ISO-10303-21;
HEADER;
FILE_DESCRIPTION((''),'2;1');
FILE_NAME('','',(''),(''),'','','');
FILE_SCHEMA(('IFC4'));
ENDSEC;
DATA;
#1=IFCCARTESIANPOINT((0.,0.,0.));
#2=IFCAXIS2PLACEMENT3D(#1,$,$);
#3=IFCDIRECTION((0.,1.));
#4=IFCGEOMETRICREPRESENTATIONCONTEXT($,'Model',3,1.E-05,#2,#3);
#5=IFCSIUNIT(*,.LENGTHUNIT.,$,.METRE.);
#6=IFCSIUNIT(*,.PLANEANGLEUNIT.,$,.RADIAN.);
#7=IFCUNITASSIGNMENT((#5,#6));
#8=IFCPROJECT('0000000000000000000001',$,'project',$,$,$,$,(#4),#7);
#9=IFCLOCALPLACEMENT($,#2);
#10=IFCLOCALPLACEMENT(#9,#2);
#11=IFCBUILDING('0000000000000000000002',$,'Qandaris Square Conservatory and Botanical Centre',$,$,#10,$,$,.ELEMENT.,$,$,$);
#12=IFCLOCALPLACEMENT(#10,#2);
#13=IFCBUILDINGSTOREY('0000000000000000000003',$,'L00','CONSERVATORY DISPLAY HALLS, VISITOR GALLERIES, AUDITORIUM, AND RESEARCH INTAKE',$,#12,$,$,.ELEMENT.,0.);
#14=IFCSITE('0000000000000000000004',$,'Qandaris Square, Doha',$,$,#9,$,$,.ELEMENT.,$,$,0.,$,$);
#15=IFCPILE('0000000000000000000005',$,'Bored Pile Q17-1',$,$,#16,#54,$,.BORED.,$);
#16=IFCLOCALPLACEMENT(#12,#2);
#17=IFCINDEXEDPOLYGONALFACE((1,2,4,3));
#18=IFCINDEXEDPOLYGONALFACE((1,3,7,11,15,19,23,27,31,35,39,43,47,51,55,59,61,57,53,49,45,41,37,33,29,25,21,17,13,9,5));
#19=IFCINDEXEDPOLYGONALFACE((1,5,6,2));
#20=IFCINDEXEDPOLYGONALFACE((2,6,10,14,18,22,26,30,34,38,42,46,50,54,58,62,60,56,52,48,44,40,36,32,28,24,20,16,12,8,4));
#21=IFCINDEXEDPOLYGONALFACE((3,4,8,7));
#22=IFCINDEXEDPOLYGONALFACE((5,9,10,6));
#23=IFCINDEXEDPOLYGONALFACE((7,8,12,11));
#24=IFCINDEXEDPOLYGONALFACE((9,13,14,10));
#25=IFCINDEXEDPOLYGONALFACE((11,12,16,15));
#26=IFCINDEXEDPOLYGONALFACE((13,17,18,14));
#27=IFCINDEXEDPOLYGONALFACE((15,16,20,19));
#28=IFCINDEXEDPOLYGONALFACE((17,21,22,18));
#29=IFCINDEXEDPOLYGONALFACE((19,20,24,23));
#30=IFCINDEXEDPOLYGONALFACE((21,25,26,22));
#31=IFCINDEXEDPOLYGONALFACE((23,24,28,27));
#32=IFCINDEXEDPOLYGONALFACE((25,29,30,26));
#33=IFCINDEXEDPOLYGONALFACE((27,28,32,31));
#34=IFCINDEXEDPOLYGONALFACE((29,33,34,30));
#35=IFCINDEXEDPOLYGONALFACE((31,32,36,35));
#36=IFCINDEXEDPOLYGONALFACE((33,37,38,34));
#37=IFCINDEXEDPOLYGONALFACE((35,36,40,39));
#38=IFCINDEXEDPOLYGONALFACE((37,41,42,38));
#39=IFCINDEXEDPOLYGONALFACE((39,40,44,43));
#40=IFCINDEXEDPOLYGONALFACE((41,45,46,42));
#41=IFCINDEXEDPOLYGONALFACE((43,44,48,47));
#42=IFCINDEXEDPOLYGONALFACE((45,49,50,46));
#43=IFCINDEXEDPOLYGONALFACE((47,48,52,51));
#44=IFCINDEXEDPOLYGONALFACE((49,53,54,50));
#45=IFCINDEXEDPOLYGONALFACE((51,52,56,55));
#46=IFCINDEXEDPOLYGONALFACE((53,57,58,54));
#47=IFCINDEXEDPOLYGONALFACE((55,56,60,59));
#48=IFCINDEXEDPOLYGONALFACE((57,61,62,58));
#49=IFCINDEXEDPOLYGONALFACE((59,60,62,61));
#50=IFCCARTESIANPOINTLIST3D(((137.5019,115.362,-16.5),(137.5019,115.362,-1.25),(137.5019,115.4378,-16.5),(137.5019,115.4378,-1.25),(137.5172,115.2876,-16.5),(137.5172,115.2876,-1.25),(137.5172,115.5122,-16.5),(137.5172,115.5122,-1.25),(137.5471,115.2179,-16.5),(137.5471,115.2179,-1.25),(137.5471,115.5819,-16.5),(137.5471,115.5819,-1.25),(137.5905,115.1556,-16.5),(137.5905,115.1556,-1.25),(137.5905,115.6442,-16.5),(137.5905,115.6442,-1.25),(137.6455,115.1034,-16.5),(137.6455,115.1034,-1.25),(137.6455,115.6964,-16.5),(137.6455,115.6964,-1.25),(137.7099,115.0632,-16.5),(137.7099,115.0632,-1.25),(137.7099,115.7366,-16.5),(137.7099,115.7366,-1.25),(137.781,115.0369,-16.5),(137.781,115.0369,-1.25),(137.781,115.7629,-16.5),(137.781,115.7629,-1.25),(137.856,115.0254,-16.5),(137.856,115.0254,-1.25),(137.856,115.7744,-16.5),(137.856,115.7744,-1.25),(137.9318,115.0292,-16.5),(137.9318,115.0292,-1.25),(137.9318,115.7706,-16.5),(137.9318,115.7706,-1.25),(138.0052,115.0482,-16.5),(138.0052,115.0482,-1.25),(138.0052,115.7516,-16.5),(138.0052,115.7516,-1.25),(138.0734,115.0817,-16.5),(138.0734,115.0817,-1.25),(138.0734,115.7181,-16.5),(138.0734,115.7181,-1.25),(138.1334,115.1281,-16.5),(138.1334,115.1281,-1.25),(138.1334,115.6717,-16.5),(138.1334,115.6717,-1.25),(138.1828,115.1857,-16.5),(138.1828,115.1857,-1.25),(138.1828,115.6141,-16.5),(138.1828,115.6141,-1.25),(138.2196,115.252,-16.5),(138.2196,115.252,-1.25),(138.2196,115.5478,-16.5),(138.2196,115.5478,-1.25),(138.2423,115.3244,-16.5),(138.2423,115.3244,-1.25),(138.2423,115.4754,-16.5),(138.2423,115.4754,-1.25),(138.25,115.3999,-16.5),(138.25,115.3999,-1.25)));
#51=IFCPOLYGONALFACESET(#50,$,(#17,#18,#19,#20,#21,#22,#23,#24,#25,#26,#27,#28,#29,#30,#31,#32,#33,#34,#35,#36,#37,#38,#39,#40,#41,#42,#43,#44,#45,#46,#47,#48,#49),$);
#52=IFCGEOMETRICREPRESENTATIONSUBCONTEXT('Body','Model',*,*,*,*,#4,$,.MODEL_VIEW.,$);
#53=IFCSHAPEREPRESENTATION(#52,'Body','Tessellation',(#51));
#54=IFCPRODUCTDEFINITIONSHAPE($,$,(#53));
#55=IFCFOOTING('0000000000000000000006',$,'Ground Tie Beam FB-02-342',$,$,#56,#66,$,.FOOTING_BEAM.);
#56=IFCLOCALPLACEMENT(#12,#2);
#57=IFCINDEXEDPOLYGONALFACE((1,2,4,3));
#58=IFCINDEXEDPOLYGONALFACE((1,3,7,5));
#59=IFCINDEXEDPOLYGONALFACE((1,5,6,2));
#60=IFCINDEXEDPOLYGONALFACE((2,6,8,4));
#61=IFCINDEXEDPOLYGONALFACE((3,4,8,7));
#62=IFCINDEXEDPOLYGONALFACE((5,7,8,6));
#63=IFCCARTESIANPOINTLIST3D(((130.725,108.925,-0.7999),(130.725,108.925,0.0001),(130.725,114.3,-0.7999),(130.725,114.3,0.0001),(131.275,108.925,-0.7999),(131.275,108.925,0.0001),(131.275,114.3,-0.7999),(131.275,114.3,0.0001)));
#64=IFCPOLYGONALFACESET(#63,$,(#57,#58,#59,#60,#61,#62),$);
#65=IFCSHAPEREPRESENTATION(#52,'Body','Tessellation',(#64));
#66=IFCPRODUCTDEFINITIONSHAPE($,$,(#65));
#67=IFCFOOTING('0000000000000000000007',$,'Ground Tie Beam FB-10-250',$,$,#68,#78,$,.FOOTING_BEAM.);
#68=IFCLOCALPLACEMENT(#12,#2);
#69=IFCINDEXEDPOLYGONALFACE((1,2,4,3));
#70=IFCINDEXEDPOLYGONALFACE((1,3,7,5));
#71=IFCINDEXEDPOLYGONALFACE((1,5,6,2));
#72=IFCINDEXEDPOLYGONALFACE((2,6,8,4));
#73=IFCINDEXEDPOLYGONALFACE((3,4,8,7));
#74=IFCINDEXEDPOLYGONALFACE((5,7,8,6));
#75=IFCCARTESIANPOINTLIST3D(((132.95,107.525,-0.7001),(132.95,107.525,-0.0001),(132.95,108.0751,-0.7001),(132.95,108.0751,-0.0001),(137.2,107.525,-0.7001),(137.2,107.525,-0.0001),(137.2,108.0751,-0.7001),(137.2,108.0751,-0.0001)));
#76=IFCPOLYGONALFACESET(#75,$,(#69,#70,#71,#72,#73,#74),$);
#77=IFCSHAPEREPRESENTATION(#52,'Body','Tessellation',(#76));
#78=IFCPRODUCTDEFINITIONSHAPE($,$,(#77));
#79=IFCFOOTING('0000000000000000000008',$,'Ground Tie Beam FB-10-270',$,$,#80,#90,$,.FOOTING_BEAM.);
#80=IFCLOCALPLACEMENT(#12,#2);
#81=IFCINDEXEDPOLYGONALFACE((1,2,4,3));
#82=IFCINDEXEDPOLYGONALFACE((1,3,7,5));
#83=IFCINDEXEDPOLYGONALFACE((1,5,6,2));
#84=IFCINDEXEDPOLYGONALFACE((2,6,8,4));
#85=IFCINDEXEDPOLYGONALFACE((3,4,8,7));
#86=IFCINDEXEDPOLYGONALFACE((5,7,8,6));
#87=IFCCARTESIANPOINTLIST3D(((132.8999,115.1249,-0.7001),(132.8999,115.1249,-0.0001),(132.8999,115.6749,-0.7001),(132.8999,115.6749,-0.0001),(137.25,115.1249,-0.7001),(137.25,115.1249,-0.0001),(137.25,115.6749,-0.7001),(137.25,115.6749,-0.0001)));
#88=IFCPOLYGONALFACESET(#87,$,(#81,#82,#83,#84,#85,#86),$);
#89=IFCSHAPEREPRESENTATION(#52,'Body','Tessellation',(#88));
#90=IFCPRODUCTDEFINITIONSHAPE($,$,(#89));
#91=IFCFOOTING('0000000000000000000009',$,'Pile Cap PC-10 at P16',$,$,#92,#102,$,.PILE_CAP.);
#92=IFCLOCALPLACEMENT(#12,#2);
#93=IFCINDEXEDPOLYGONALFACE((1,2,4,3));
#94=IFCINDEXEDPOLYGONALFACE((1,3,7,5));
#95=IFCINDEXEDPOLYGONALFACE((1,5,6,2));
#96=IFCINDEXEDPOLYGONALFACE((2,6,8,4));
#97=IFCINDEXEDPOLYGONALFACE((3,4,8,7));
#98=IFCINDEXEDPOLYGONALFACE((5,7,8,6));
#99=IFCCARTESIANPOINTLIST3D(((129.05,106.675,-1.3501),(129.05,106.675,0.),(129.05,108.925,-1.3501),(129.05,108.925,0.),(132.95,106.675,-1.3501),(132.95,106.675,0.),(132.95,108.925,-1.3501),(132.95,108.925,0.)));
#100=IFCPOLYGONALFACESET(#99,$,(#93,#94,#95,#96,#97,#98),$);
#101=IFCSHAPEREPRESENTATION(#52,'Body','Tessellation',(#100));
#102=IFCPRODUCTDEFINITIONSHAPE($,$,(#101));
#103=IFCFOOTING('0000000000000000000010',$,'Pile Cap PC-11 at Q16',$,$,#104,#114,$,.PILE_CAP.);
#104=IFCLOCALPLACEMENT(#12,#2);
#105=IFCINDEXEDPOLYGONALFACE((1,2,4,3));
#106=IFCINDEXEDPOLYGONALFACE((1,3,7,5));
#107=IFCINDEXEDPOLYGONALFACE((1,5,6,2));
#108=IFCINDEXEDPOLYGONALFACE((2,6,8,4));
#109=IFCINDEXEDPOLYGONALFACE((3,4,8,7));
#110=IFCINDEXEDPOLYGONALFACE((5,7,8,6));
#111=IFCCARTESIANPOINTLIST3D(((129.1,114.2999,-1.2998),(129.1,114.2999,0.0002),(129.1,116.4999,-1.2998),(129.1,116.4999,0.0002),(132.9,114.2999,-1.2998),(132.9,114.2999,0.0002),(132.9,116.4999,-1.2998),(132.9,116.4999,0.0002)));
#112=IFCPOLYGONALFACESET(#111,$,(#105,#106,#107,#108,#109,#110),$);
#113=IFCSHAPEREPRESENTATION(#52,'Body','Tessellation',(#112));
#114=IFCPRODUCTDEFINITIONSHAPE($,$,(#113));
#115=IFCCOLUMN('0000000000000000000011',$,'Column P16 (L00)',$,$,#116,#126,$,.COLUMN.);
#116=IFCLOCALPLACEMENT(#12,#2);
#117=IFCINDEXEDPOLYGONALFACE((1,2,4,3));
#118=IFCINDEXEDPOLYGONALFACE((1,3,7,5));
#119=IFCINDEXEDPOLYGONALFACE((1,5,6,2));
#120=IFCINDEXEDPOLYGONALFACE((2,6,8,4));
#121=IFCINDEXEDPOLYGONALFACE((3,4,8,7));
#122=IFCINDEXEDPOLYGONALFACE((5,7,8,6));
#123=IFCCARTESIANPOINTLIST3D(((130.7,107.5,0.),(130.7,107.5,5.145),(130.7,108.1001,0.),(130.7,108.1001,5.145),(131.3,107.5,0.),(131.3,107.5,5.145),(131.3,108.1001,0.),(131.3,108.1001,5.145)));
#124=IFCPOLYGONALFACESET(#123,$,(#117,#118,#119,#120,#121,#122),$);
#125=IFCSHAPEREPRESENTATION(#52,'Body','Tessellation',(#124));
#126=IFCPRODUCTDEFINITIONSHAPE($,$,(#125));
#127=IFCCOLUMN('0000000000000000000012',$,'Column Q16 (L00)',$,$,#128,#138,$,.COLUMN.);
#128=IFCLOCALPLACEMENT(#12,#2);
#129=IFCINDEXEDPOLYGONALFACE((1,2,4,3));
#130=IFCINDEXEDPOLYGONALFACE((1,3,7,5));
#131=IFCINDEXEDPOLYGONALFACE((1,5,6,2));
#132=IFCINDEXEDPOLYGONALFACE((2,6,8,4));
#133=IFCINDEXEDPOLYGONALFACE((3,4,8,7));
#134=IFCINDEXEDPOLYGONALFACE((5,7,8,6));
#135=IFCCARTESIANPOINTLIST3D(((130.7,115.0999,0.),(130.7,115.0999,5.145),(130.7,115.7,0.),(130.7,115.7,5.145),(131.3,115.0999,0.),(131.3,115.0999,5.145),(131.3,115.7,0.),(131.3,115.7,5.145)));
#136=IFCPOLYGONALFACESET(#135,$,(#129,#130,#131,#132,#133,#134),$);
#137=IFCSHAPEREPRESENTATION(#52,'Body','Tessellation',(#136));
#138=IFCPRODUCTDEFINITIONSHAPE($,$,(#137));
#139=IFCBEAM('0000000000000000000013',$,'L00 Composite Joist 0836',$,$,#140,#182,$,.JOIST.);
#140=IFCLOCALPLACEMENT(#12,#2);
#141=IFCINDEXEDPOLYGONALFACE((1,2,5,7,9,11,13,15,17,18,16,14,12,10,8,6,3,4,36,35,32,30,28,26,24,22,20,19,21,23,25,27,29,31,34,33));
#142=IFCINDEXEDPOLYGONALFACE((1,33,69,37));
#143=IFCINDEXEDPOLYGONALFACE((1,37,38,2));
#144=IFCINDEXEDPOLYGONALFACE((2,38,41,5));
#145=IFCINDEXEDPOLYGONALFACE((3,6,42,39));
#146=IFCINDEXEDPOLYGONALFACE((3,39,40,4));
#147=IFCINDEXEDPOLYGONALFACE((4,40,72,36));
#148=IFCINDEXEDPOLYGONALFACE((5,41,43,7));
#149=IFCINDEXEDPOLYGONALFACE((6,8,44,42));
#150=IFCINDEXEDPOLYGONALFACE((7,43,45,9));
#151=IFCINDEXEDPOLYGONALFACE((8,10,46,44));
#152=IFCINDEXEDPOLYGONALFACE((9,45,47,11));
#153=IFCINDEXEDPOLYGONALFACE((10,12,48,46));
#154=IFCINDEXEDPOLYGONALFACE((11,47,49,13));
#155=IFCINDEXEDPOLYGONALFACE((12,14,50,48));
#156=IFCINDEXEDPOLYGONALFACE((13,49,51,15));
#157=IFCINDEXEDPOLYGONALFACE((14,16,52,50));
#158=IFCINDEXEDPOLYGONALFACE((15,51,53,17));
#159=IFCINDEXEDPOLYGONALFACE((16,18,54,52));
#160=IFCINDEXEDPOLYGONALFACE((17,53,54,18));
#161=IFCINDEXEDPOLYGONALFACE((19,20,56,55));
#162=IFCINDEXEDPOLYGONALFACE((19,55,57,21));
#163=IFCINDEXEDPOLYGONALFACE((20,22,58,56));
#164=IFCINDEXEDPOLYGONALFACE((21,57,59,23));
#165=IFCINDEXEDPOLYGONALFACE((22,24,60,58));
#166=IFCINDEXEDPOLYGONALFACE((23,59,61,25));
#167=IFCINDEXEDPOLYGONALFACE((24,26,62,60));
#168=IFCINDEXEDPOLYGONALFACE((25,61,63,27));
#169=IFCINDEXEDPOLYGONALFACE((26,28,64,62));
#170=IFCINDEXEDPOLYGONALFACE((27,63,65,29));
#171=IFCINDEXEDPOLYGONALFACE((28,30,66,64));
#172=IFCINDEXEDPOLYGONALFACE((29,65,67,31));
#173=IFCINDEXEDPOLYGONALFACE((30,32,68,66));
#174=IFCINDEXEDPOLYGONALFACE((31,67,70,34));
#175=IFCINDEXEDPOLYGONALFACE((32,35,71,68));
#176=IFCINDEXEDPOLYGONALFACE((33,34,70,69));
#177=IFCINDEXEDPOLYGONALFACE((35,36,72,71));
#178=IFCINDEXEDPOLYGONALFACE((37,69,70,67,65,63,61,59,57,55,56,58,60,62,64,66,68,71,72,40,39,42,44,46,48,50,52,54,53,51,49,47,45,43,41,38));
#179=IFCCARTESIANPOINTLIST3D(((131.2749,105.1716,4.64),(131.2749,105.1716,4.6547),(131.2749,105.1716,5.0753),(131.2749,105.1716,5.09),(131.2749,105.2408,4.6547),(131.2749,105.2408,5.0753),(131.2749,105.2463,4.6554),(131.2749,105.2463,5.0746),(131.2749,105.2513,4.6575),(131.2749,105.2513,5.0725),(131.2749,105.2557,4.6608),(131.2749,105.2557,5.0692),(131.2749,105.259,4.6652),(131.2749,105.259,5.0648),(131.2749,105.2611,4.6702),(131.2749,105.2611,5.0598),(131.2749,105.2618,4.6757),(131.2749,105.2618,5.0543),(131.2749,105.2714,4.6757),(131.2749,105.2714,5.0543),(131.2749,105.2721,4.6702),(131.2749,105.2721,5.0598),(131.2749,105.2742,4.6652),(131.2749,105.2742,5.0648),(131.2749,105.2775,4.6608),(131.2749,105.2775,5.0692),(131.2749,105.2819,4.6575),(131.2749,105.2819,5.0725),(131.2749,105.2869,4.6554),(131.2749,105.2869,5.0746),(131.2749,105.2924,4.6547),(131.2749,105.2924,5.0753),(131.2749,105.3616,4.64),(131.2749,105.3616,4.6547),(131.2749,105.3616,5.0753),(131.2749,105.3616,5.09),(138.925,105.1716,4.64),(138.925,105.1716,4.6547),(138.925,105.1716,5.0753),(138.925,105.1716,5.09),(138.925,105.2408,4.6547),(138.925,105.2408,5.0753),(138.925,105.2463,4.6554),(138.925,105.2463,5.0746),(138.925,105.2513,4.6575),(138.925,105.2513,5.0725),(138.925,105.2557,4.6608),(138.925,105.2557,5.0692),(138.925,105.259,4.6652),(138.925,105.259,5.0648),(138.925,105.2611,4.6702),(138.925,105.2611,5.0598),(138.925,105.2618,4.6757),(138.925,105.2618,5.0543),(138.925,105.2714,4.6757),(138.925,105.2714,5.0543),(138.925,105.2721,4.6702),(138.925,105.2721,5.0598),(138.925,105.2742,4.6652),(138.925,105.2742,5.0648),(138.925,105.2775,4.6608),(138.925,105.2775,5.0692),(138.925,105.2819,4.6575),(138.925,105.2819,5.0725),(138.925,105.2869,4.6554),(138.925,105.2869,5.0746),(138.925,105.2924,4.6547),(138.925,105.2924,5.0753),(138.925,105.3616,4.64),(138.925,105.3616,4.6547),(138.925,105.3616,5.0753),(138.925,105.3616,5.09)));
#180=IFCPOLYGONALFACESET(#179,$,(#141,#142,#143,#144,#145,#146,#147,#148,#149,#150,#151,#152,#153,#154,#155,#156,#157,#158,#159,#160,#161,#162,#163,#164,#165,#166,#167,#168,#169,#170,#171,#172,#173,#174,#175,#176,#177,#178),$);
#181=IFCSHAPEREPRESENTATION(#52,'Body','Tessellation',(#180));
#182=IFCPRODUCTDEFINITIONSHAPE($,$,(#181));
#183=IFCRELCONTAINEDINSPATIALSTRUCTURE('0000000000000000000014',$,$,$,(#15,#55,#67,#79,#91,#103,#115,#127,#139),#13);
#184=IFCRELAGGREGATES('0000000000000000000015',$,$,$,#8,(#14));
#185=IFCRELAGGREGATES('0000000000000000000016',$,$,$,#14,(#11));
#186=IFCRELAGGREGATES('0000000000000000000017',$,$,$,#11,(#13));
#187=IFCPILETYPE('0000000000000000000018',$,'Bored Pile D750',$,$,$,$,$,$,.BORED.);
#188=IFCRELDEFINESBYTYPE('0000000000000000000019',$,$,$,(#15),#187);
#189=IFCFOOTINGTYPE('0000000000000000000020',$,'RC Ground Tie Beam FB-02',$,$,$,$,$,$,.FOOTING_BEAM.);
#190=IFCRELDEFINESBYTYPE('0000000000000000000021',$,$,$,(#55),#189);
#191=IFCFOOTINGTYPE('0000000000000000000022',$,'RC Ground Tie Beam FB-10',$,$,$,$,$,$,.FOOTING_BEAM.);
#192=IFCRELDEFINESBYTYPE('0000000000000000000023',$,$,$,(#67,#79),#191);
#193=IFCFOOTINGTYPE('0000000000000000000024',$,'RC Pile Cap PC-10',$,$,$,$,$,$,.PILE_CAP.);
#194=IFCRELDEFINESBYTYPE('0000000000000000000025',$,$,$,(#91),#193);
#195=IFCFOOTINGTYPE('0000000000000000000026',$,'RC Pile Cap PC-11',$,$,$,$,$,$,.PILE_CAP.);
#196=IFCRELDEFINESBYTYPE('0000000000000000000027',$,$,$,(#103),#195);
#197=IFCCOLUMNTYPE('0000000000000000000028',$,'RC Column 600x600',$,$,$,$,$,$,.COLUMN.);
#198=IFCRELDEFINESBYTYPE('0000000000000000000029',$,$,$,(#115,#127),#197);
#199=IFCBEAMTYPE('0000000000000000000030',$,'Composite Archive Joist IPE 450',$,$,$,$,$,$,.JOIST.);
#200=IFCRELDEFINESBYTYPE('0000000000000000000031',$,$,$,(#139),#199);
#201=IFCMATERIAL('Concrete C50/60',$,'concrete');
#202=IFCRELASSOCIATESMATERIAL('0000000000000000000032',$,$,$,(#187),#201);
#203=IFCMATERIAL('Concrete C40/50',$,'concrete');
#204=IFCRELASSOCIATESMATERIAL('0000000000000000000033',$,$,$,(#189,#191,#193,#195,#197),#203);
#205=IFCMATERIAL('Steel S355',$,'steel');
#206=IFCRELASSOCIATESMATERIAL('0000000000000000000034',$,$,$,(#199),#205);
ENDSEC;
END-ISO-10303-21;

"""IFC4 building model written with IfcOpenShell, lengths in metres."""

from ifc_helpers import new_model, si_unit, direction, frame, origin, origin_2d, place, context, subcontext, project, spatial, rectangle, circle, i_section, extrude, material, material_profile, profile_set, type_object, element, save


model = new_model("IFC4")

# Units and contexts
model_context = context("Model", 3, precision=1e-05, world=origin(), true_north=direction((0.0, 1.0)))
body_context = subcontext(model_context, "Body", "Model", "MODEL_VIEW")
ifc_project = project(units=[si_unit("LENGTHUNIT", "METRE"), si_unit("PLANEANGLEUNIT", "RADIAN")], contexts=[model_context])

# Site, building, storey
site_placement = place(None, origin())
site = spatial("IfcSite", under=ifc_project, at=site_placement, Name="Qandaris Square, Doha", CompositionType="ELEMENT", RefElevation=0.0)
building_placement = place(site_placement, origin())
building = spatial("IfcBuilding", under=site, at=building_placement, Name="Qandaris Square Conservatory and Botanical Centre", CompositionType="ELEMENT")
storey_placement = place(building_placement, origin())
storey = spatial("IfcBuildingStorey", under=building, at=storey_placement, Name="L00", Description="CONSERVATORY DISPLAY HALLS, VISITOR GALLERIES, AUDITORIUM, AND RESEARCH INTAKE", CompositionType="ELEMENT", Elevation=0.0)

# Pile
ifc_material_1 = material(Name="Concrete C50/60", Category="concrete")
ifc_material_profile_1 = material_profile(ifc_material_1, circle(Radius=0.375, at=origin_2d()), Name="PILE D750")
ifc_profile_set_1 = profile_set([ifc_material_profile_1], Name="Concrete C50/60")
pile_type = type_object("IfcPileType", Name="Bored Pile D750", PredefinedType="BORED", material=ifc_profile_set_1)
pile_1_placement = place(storey_placement, frame((137.875, 115.3999, -1.25), z_axis=(0.0, 0.0, -1.0), x_axis=(1.0, 0.0, 0.0)))
element("IfcPile", 1, at=pile_1_placement, inside=storey, type_object=pile_type, Name="Bored Pile Q17-1", PredefinedType="BORED", context=body_context, shape_type="SweptSolid", body=[
    extrude(circle(Radius=0.375, at=origin_2d()), origin(), (0.0, 0.0, 1.0), 15.25),
])

# Footings
ifc_material_2 = material(Name="Concrete C40/50", Category="concrete")
ifc_material_profile_2 = material_profile(ifc_material_2, rectangle(XDim=0.55, YDim=0.8, at=origin_2d()), Name="FB 550x800")
ifc_profile_set_2 = profile_set([ifc_material_profile_2], Name="Concrete C40/50")
footing_type_1 = type_object("IfcFootingType", Name="RC Ground Tie Beam FB-02", PredefinedType="FOOTING_BEAM", material=ifc_profile_set_2)
footing_1_placement = place(storey_placement, frame((131.0, 108.925, -0.3999), z_axis=(0.0, 1.0, 0.0), x_axis=(-1.0, 0.0, 0.0)))
element("IfcFooting", 2, at=footing_1_placement, inside=storey, type_object=footing_type_1, Name="Ground Tie Beam FB-02-342", PredefinedType="FOOTING_BEAM", context=body_context, shape_type="SweptSolid", body=[
    extrude(rectangle(XDim=0.55, YDim=0.8, at=origin_2d()), origin(), (0.0, 0.0, 1.0), 5.375),
])
ifc_material_profile_3 = material_profile(ifc_material_2, rectangle(XDim=0.55, YDim=0.7, at=origin_2d()), Name="FB 550x700")
ifc_profile_set_3 = profile_set([ifc_material_profile_3], Name="Concrete C40/50")
footing_type_2 = type_object("IfcFootingType", Name="RC Ground Tie Beam FB-10", PredefinedType="FOOTING_BEAM", material=ifc_profile_set_3)
footing_2_placement = place(storey_placement, frame((132.95, 107.8, -0.3501), z_axis=(1.0, 0.0, 0.0), x_axis=(0.0, 1.0, 0.0)))
element("IfcFooting", 3, at=footing_2_placement, inside=storey, type_object=footing_type_2, Name="Ground Tie Beam FB-10-250", PredefinedType="FOOTING_BEAM", context=body_context, shape_type="SweptSolid", body=[
    extrude(rectangle(XDim=0.55, YDim=0.7, at=origin_2d()), origin(), (0.0, 0.0, 1.0), 4.25),
])
footing_3_placement = place(storey_placement, frame((132.8999, 115.3999, -0.3501), z_axis=(1.0, 0.0, 0.0), x_axis=(0.0, 1.0, 0.0)))
element("IfcFooting", 4, at=footing_3_placement, inside=storey, type_object=footing_type_2, Name="Ground Tie Beam FB-10-270", PredefinedType="FOOTING_BEAM", context=body_context, shape_type="SweptSolid", body=[
    extrude(rectangle(XDim=0.55, YDim=0.7, at=origin_2d()), origin(), (0.0, 0.0, 1.0), 4.3501),
])
footing_type_3 = type_object("IfcFootingType", Name="RC Pile Cap PC-10", PredefinedType="PILE_CAP", material=ifc_material_2)
footing_4_placement = place(storey_placement, frame((131.0, 107.8, -1.3501), z_axis=(0.0, 0.0, 1.0), x_axis=(1.0, 0.0, 0.0)))
element("IfcFooting", 5, at=footing_4_placement, inside=storey, type_object=footing_type_3, Name="Pile Cap PC-10 at P16", PredefinedType="PILE_CAP", context=body_context, shape_type="SweptSolid", body=[
    extrude(rectangle(XDim=3.8999, YDim=2.25, at=origin_2d()), origin(), (0.0, 0.0, 1.0), 1.3501),
])
footing_type_4 = type_object("IfcFootingType", Name="RC Pile Cap PC-11", PredefinedType="PILE_CAP", material=ifc_material_2)
footing_5_placement = place(storey_placement, frame((131.0, 115.3999, -1.2998), z_axis=(0.0, 0.0, 1.0), x_axis=(1.0, 0.0, 0.0)))
element("IfcFooting", 6, at=footing_5_placement, inside=storey, type_object=footing_type_4, Name="Pile Cap PC-11 at Q16", PredefinedType="PILE_CAP", context=body_context, shape_type="SweptSolid", body=[
    extrude(rectangle(XDim=3.8, YDim=2.2, at=origin_2d()), origin(), (0.0, 0.0, 1.0), 1.3),
])

# Columns
ifc_material_profile_4 = material_profile(ifc_material_2, rectangle(XDim=0.6001, YDim=0.6001, at=origin_2d()), Name="RC-COL 600x600")
ifc_profile_set_4 = profile_set([ifc_material_profile_4], Name="Concrete C40/50")
column_type = type_object("IfcColumnType", Name="RC Column 600x600", PredefinedType="COLUMN", material=ifc_profile_set_4)
for number, where, z_axis, x_axis, name in (
    (7, (131.0, 107.8, 0.0), (0.0, 0.0, 1.0), (1.0, 0.0, 0.0), "Column P16 (L00)"),
    (8, (131.0, 115.3999, 0.0), (0.0, 0.0, 1.0), (1.0, 0.0, 0.0), "Column Q16 (L00)"),
):
    element("IfcColumn", number, at=place(storey_placement, frame(where, z_axis=z_axis, x_axis=x_axis)), inside=storey, type_object=column_type, Name=name, PredefinedType="COLUMN", context=body_context, shape_type="SweptSolid", body=[
        extrude(rectangle(XDim=0.6001, YDim=0.6001, at=origin_2d()), origin(), (0.0, 0.0, 1.0), 5.145),
    ])

# Beam
ifc_material_3 = material(Name="Steel S355", Category="steel")
ifc_material_profile_5 = material_profile(ifc_material_3, i_section(OverallWidth=0.1899, OverallDepth=0.45, WebThickness=0.0095, FlangeThickness=0.0146, FilletRadius=0.021, at=origin_2d()), Name="IPE 450")
ifc_profile_set_5 = profile_set([ifc_material_profile_5], Name="Steel S355")
beam_type_1 = type_object("IfcBeamType", Name="Composite Archive Joist IPE 450", PredefinedType="JOIST", material=ifc_profile_set_5)
beam_1_placement = place(storey_placement, frame((131.2749, 105.2666, 4.865), z_axis=(1.0, 0.0, 0.0), x_axis=(0.0, 1.0, 0.0)))
element("IfcBeam", 9, at=beam_1_placement, inside=storey, type_object=beam_type_1, Name="L00 Composite Joist 0836", PredefinedType="JOIST", context=body_context, shape_type="SweptSolid", body=[
    extrude(i_section(OverallWidth=0.1899, OverallDepth=0.45, WebThickness=0.0095, FlangeThickness=0.0146, FilletRadius=0.021, at=origin_2d()), origin(), (0.0, 0.0, 1.0), 7.6501),
])

save(model, "model.ifc")
